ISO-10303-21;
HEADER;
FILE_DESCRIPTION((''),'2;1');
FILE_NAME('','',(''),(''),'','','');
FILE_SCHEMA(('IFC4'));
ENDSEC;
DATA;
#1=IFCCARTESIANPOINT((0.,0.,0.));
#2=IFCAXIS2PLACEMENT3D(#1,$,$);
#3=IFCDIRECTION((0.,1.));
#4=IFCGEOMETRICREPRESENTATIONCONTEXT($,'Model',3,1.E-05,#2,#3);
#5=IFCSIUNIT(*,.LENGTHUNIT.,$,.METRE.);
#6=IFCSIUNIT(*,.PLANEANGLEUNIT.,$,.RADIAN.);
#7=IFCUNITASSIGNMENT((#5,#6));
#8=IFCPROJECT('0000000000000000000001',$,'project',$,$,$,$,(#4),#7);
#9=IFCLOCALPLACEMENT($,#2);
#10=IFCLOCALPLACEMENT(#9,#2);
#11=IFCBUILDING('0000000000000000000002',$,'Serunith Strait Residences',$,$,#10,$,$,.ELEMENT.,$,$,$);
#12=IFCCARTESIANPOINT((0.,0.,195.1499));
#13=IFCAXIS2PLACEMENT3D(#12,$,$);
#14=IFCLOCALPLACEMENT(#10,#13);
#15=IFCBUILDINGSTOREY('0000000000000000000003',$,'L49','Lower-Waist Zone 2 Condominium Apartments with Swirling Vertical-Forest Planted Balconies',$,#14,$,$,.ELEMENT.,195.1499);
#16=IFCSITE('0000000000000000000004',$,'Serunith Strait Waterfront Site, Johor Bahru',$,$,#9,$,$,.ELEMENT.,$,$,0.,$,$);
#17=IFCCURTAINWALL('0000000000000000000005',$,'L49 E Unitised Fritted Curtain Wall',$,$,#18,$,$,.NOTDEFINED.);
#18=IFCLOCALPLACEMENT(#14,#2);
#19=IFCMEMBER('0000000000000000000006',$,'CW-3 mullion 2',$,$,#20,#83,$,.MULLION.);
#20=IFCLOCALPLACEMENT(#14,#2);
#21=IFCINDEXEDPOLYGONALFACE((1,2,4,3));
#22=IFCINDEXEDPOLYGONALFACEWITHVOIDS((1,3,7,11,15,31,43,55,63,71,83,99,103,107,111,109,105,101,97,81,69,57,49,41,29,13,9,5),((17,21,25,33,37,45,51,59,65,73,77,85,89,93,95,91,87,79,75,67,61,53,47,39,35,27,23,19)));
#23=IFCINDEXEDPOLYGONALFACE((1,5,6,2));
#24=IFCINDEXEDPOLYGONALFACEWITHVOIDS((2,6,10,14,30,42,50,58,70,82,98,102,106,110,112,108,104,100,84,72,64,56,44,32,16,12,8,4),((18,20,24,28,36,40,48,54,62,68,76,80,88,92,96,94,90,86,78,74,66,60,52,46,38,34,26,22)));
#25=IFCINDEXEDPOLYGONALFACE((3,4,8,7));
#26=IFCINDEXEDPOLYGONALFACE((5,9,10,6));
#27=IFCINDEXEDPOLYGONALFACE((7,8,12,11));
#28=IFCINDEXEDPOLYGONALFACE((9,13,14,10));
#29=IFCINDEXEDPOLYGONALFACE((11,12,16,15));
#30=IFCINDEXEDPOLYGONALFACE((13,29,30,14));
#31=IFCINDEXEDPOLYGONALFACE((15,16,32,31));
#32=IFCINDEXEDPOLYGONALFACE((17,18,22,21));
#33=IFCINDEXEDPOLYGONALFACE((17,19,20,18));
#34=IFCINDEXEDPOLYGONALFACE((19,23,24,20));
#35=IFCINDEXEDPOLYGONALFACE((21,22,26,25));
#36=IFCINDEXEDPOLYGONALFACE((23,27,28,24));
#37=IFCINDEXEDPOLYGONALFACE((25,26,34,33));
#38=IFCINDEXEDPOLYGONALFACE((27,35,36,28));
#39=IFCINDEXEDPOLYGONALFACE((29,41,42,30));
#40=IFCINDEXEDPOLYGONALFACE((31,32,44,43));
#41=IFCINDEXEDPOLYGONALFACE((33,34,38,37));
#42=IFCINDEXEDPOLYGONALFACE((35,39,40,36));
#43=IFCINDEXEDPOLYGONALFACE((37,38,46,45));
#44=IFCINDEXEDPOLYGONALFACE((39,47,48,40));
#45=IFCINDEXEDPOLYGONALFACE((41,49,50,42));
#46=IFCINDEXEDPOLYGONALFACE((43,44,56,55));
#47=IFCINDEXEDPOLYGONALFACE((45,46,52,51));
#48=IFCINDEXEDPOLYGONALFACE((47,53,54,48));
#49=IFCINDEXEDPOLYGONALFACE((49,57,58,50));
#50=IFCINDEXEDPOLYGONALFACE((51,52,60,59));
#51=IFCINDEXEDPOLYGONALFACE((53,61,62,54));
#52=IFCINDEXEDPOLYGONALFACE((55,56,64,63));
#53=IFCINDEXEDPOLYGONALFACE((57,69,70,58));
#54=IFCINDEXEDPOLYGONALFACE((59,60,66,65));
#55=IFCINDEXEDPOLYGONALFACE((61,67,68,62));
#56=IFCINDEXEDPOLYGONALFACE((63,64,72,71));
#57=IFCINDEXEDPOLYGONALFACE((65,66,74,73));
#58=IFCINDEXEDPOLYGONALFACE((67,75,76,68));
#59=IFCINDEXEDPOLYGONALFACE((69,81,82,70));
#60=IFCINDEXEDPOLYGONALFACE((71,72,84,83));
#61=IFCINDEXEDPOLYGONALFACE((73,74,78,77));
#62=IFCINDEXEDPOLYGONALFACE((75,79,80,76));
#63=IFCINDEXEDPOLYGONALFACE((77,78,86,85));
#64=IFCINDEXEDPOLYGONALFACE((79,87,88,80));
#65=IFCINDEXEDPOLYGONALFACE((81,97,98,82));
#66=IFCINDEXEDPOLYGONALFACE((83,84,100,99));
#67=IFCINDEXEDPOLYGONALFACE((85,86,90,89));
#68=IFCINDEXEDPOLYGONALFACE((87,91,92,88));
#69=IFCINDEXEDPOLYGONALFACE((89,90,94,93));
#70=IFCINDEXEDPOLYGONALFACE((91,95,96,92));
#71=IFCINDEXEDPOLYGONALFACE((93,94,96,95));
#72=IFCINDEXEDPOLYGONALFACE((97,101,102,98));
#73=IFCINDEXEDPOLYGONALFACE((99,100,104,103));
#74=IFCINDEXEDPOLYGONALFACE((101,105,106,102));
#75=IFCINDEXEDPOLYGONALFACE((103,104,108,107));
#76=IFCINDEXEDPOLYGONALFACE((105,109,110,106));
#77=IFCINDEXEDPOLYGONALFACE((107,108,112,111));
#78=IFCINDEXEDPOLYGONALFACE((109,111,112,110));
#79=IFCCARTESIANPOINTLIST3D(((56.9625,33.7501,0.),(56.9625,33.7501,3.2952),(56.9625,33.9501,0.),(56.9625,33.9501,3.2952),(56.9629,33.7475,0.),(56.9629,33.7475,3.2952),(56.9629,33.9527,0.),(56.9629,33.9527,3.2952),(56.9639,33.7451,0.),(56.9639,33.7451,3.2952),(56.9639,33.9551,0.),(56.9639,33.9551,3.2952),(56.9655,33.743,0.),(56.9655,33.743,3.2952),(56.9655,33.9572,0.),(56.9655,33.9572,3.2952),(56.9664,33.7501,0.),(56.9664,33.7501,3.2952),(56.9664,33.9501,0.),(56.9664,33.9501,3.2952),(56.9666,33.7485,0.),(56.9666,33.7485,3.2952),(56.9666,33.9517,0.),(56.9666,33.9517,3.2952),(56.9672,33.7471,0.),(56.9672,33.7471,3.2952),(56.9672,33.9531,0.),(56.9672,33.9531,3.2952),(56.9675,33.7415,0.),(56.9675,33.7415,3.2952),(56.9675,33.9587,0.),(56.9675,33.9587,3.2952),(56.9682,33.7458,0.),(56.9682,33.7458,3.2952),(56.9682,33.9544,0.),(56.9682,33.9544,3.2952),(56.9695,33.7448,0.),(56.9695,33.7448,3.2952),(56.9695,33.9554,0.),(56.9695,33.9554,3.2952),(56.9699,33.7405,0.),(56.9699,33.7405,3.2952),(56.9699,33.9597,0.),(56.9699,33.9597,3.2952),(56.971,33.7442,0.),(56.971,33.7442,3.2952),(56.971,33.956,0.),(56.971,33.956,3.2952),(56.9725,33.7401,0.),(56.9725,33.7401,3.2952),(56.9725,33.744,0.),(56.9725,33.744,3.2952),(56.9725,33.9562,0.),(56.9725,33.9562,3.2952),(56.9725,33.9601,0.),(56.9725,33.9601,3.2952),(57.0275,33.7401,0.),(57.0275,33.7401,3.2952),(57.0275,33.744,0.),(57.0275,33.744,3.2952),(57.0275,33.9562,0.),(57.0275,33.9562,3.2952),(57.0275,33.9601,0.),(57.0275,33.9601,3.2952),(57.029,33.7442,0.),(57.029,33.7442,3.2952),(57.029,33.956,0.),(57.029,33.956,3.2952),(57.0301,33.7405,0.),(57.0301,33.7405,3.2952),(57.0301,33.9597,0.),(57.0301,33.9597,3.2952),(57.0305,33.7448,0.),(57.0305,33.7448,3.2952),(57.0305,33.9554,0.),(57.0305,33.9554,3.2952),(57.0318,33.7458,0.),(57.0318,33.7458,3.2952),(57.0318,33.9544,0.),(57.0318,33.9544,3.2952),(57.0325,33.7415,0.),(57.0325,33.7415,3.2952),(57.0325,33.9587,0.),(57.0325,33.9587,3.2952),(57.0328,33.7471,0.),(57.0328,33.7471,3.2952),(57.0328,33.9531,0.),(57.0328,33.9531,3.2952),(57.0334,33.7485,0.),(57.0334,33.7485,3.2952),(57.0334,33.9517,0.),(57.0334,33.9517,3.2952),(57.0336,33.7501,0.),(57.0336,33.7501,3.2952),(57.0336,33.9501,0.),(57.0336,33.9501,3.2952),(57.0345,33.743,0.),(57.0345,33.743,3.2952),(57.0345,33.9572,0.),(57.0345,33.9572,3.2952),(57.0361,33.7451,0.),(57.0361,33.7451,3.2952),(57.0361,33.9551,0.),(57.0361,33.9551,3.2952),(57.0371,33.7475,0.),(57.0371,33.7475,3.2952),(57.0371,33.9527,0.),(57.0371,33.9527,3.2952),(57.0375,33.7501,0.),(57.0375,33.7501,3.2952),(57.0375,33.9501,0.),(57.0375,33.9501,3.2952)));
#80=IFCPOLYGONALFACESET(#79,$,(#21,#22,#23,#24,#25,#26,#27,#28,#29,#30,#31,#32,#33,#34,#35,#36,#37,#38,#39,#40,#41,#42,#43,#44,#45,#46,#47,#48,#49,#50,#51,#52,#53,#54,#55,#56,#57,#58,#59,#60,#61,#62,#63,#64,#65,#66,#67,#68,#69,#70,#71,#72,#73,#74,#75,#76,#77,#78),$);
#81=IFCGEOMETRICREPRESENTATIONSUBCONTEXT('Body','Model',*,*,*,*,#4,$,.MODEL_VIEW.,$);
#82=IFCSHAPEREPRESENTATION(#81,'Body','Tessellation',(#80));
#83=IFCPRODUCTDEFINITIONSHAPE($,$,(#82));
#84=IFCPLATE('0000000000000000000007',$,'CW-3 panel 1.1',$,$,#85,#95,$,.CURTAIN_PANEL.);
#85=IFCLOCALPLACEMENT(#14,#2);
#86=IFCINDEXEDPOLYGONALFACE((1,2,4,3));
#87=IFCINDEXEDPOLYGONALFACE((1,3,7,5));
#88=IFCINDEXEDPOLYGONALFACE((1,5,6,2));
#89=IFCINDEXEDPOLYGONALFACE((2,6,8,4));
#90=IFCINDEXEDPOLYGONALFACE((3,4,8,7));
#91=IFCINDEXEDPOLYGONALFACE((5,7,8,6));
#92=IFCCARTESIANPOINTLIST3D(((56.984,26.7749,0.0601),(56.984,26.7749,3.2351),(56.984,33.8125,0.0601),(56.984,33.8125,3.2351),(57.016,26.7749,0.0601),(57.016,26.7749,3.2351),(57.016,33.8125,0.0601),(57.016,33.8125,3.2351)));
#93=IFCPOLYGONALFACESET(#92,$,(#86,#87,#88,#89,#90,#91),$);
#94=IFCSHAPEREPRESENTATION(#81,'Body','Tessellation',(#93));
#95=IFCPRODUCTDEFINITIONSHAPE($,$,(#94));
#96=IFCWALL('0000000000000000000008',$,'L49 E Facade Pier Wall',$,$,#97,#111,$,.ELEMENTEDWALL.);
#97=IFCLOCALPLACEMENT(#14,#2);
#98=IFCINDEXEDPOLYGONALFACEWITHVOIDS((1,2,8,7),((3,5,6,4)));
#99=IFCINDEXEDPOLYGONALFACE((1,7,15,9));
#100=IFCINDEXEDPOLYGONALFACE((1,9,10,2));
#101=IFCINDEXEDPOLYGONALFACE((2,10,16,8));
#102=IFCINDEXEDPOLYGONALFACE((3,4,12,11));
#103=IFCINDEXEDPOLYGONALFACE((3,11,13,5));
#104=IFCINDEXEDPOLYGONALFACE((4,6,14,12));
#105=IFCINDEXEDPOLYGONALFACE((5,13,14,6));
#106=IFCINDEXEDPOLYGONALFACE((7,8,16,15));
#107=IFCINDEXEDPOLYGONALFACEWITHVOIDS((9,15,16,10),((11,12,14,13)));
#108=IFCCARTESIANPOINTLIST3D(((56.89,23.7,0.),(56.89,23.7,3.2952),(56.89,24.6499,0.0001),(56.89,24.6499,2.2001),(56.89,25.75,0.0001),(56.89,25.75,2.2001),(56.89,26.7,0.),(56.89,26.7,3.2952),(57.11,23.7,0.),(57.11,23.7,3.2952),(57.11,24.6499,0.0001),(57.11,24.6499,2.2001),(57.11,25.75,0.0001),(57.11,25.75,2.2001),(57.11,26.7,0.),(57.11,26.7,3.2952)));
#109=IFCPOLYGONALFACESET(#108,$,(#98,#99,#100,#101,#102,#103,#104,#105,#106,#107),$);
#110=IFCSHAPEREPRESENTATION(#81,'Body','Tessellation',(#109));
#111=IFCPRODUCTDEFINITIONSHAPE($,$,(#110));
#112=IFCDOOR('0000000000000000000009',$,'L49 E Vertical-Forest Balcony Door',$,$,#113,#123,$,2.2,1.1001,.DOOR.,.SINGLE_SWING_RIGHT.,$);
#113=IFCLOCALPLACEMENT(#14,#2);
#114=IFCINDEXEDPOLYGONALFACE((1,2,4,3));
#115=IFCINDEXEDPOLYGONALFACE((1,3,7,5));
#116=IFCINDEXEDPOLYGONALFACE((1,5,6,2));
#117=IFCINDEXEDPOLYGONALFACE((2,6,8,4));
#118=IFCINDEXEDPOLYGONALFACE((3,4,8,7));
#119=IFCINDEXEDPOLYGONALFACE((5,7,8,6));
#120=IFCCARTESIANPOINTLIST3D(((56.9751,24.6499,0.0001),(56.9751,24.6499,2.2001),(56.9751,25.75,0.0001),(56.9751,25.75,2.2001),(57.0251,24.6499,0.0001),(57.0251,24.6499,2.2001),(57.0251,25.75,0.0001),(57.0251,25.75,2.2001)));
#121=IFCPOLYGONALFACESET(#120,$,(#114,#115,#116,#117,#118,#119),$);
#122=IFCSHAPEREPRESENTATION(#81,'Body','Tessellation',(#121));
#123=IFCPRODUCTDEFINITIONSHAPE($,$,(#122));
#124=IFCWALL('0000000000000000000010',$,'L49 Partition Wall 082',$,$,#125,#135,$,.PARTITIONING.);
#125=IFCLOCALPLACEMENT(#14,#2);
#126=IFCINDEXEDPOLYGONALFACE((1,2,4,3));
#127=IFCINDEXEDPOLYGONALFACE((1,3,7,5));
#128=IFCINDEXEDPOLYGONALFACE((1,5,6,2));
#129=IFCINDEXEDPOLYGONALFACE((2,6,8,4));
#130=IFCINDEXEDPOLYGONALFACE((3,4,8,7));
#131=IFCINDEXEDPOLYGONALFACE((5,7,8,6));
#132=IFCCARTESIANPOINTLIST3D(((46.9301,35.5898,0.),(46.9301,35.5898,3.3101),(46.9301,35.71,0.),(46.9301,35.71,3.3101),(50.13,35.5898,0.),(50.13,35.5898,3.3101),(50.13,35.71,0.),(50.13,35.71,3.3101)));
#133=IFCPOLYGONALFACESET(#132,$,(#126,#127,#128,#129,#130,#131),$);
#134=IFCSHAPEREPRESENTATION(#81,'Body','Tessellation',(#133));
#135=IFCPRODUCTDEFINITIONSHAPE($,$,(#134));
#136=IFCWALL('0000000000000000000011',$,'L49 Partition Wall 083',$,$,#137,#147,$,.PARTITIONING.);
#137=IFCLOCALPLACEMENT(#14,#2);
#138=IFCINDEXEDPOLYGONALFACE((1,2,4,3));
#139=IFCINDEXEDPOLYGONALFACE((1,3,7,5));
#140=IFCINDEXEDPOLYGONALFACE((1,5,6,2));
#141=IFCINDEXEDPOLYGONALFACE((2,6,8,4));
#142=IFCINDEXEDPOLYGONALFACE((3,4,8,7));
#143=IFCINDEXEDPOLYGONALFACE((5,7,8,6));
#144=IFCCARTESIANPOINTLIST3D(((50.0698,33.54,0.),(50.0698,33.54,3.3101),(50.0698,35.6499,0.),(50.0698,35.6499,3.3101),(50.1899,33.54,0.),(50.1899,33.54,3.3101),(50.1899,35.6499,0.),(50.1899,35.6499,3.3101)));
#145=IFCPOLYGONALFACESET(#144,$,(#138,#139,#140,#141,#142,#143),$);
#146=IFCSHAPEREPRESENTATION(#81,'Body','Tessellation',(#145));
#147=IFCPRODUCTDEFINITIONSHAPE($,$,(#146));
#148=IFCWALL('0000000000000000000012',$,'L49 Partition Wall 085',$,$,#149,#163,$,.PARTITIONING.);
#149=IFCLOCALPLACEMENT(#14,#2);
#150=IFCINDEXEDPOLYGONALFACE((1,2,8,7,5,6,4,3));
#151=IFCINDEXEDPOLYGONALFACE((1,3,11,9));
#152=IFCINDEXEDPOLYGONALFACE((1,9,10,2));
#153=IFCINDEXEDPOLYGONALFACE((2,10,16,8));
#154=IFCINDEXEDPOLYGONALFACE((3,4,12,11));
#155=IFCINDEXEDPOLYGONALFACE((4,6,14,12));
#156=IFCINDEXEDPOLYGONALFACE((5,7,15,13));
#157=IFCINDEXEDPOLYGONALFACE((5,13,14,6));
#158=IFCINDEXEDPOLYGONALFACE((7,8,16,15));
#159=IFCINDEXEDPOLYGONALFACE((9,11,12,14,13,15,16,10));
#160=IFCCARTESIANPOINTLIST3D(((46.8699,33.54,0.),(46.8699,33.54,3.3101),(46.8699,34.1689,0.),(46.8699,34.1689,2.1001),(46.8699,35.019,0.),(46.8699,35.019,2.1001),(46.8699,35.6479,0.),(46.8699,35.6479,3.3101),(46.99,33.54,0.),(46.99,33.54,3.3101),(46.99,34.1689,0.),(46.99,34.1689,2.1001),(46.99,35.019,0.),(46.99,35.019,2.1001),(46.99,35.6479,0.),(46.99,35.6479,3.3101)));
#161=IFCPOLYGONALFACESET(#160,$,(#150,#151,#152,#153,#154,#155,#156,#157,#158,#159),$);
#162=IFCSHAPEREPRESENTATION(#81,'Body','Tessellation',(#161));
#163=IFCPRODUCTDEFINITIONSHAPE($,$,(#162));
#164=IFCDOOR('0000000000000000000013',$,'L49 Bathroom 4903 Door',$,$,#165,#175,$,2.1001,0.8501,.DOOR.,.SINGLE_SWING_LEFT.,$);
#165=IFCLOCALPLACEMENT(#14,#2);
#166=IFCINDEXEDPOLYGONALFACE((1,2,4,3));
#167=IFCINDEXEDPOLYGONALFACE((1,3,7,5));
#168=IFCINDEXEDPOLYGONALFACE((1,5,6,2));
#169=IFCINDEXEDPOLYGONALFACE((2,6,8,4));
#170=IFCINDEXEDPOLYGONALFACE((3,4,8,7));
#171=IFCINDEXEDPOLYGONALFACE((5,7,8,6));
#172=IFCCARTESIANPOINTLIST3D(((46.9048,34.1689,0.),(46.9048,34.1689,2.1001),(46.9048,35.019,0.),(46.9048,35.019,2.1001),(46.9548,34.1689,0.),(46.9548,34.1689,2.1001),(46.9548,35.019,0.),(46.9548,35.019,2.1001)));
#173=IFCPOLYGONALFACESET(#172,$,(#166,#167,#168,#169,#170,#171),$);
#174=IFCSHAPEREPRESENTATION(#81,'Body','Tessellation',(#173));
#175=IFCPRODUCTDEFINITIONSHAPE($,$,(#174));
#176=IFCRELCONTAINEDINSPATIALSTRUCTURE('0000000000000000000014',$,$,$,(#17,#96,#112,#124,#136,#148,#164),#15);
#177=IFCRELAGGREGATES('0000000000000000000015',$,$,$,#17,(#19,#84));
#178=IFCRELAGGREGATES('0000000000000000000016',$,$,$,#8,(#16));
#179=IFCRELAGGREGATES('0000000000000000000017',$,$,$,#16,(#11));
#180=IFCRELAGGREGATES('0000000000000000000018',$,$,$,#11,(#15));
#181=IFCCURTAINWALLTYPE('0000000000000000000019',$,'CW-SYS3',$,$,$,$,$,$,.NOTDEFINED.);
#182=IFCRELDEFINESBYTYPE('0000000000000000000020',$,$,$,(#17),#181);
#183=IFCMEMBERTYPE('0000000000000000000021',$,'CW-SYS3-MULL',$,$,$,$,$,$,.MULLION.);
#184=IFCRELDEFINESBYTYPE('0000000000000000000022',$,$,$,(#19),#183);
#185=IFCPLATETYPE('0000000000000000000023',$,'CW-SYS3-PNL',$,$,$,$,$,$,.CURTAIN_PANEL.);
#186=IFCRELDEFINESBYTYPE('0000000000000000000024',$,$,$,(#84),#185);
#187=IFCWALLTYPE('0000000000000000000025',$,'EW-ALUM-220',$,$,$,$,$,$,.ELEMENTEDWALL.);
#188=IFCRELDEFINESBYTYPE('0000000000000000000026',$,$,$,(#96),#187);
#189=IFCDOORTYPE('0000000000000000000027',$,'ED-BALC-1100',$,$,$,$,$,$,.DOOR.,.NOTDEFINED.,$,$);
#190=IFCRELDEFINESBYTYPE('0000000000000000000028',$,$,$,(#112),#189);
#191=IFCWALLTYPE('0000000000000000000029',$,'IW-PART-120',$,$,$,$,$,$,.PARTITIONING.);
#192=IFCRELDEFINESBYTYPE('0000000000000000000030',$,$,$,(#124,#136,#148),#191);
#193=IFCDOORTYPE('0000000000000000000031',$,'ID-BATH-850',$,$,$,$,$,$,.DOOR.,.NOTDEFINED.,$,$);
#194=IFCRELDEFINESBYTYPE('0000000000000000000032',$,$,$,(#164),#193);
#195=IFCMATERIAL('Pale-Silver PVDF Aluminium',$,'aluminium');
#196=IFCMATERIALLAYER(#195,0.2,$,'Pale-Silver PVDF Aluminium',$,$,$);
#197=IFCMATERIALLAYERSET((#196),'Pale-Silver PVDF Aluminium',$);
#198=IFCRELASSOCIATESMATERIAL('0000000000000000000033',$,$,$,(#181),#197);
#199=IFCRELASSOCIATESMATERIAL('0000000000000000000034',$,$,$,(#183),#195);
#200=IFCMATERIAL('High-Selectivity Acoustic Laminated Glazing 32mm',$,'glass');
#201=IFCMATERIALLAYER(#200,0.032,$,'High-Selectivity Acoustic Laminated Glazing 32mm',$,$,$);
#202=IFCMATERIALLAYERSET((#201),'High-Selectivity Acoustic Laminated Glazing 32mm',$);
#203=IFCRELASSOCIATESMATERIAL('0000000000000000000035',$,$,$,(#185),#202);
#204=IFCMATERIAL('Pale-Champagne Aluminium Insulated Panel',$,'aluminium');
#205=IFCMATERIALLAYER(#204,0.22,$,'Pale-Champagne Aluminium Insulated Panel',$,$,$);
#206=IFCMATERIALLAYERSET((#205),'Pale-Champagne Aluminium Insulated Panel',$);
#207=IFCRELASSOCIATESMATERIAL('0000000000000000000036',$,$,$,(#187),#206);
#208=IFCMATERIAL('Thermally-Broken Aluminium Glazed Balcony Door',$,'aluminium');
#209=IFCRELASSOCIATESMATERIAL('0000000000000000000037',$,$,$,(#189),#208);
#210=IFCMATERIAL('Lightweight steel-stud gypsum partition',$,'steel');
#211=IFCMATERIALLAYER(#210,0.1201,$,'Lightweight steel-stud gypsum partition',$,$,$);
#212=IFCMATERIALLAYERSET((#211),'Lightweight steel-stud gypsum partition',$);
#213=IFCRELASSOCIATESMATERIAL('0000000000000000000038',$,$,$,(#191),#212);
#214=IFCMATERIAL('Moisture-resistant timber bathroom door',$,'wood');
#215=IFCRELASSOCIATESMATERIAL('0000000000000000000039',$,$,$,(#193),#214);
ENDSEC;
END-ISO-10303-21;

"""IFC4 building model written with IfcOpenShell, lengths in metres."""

from ifc_helpers import new_model, si_unit, direction, frame, frame_2d, origin, origin_2d, place, context, subcontext, project, spatial, rectangle, hollow_rectangle, extrude, source, transform, mapped, material, layer, layer_set, material_profile, profile_set, type_object, element, fill, aggregate, save


model = new_model("IFC4")

# Units and contexts
model_context = context("Model", 3, precision=1e-05, world=origin(), true_north=direction((0.0, 1.0)))
body_context = subcontext(model_context, "Body", "Model", "MODEL_VIEW")
ifc_project = project(units=[si_unit("LENGTHUNIT", "METRE"), si_unit("PLANEANGLEUNIT", "RADIAN")], contexts=[model_context])

# Site, building, storey
site_placement = place(None, origin())
site = spatial("IfcSite", under=ifc_project, at=site_placement, Name="Serunith Strait Waterfront Site, Johor Bahru", CompositionType="ELEMENT", RefElevation=0.0)
building_placement = place(site_placement, origin())
building = spatial("IfcBuilding", under=site, at=building_placement, Name="Serunith Strait Residences", CompositionType="ELEMENT")
storey_placement = place(building_placement, frame((0.0, 0.0, 195.1499)))
storey = spatial("IfcBuildingStorey", under=building, at=storey_placement, Name="L49", Description="Lower-Waist Zone 2 Condominium Apartments with Swirling Vertical-Forest Planted Balconies", CompositionType="ELEMENT", Elevation=195.1499)

# Curtain wall, member, plate
ifc_material_1 = material(Name="Pale-Silver PVDF Aluminium", Category="aluminium")
ifc_layer_1 = layer(ifc_material_1, 0.2, Name="Pale-Silver PVDF Aluminium")
ifc_layer_set_1 = layer_set([ifc_layer_1], Name="Pale-Silver PVDF Aluminium")
curtain_wall_type = type_object("IfcCurtainWallType", Name="CW-SYS3", PredefinedType="NOTDEFINED", material=ifc_layer_set_1)
curtain_wall_placement = place(storey_placement, origin())
curtain_wall = element("IfcCurtainWall", 1, at=curtain_wall_placement, inside=storey, type_object=curtain_wall_type, Name="L49 E Unitised Fritted Curtain Wall", PredefinedType="NOTDEFINED")
ifc_material_profile_1 = material_profile(ifc_material_1, hollow_rectangle(XDim=0.075, YDim=0.22, WallThickness=0.0039, InnerFilletRadius=0.0061, OuterFilletRadius=0.01, at=origin_2d()), Name="ALU 220x75x4")
ifc_profile_set_1 = profile_set([ifc_material_profile_1], Name="Pale-Silver PVDF Aluminium")
member_type_1 = type_object("IfcMemberType", Name="CW-SYS3-MULL", PredefinedType="MULLION", material=ifc_profile_set_1)
shared_shape_1 = source(origin(), body_context, "Body", "SweptSolid", [
    extrude(hollow_rectangle(XDim=0.075, YDim=0.22, WallThickness=0.0039, InnerFilletRadius=0.0061, OuterFilletRadius=0.01, at=origin_2d()), origin(), (0.0, 0.0, 1.0), 3.2952),
])
member_1_placement = place(storey_placement, frame((57.0, 33.8501, 0.0), z_axis=(0.0, 0.0, 1.0), x_axis=(-1.0, 0.0, 0.0)))
member_1 = element("IfcMember", 2, at=member_1_placement, type_object=member_type_1, Name="CW-3 mullion 2", PredefinedType="MULLION", context=body_context, shape_type="MappedRepresentation", body=[
    mapped(shared_shape_1, transform((0.0, 0.0, 0.0), scale=1.0)),
])
ifc_material_2 = material(Name="High-Selectivity Acoustic Laminated Glazing 32mm", Category="glass")
ifc_layer_2 = layer(ifc_material_2, 0.032, Name="High-Selectivity Acoustic Laminated Glazing 32mm")
ifc_layer_set_2 = layer_set([ifc_layer_2], Name="High-Selectivity Acoustic Laminated Glazing 32mm")
plate_type = type_object("IfcPlateType", Name="CW-SYS3-PNL", PredefinedType="CURTAIN_PANEL", material=ifc_layer_set_2)
shared_shape_2 = source(origin(), body_context, "Body", "SweptSolid", [
    extrude(rectangle(XDim=7.0376, YDim=0.032, at=origin_2d()), origin(), (0.0, 0.0, 1.0), 3.175),
])
plate_placement = place(storey_placement, frame((57.0, 30.2937, 0.0601), z_axis=(0.0, 0.0, 1.0), x_axis=(0.0, 1.0, 0.0)))
plate = element("IfcPlate", 3, at=plate_placement, type_object=plate_type, Name="CW-3 panel 1.1", PredefinedType="CURTAIN_PANEL", context=body_context, shape_type="MappedRepresentation", body=[
    mapped(shared_shape_2, transform((0.0, 0.0, 0.0), scale=1.0)),
])
aggregate(curtain_wall, [member_1, plate])

# Wall, opening, door
ifc_material_3 = material(Name="Pale-Champagne Aluminium Insulated Panel", Category="aluminium")
ifc_layer_3 = layer(ifc_material_3, 0.22, Name="Pale-Champagne Aluminium Insulated Panel")
ifc_layer_set_3 = layer_set([ifc_layer_3], Name="Pale-Champagne Aluminium Insulated Panel")
wall_type_1 = type_object("IfcWallType", Name="EW-ALUM-220", PredefinedType="ELEMENTEDWALL", material=ifc_layer_set_3)
wall_1_placement = place(storey_placement, frame((57.0, 23.7, 0.0), z_axis=(0.0, 0.0, 1.0), x_axis=(0.0, 1.0, 0.0)))
wall_1 = element("IfcWall", 4, at=wall_1_placement, inside=storey, type_object=wall_type_1, Name="L49 E Facade Pier Wall", PredefinedType="ELEMENTEDWALL", context=body_context, shape_type="SweptSolid", body=[
    extrude(rectangle(XDim=3.0, YDim=0.22, at=frame_2d((1.5, 0.0))), origin(), (0.0, 0.0, 1.0), 3.2952),
])
opening_1_placement = place(wall_1_placement, frame((0.95, 0.0, 0.0)))
opening_1 = element("IfcOpeningElement", 5, at=opening_1_placement, cuts=wall_1, PredefinedType="OPENING", context=body_context, shape_type="SweptSolid", body=[
    extrude(rectangle(XDim=1.1001, YDim=2.2, at=frame_2d((0.55, 1.1001))), frame((0.0, 0.1201, 0.0), z_axis=(0.0, -1.0, 0.0), x_axis=(1.0, 0.0, 0.0)), (0.0, 0.0, 1.0), 0.24),
])
ifc_material_4 = material(Name="Thermally-Broken Aluminium Glazed Balcony Door", Category="aluminium")
door_type_1 = type_object("IfcDoorType", Name="ED-BALC-1100", OperationType="NOTDEFINED", PredefinedType="DOOR", material=ifc_material_4)
shared_shape_3 = source(origin(), body_context, "Body", "SweptSolid", [
    extrude(rectangle(XDim=1.1001, YDim=2.2, at=frame_2d((0.55, 1.1001))), frame((0.0, 0.0249, 0.0), z_axis=(0.0, -1.0, 0.0), x_axis=(1.0, 0.0, 0.0)), (0.0, 0.0, 1.0), 0.05),
])
door_1_placement = place(opening_1_placement, origin())
door_1 = element("IfcDoor", 6, at=door_1_placement, inside=storey, type_object=door_type_1, Name="L49 E Vertical-Forest Balcony Door", OperationType="SINGLE_SWING_RIGHT", OverallHeight=2.2, OverallWidth=1.1001, PredefinedType="DOOR", context=body_context, shape_type="MappedRepresentation", body=[
    mapped(shared_shape_3, transform((0.0, 0.0, 0.0), scale=1.0)),
])
fill(opening_1, door_1)

# Walls
ifc_material_5 = material(Name="Lightweight steel-stud gypsum partition", Category="steel")
ifc_layer_4 = layer(ifc_material_5, 0.1201, Name="Lightweight steel-stud gypsum partition")
ifc_layer_set_4 = layer_set([ifc_layer_4], Name="Lightweight steel-stud gypsum partition")
wall_type_2 = type_object("IfcWallType", Name="IW-PART-120", PredefinedType="PARTITIONING", material=ifc_layer_set_4)
wall_2_placement = place(storey_placement, frame((46.9299, 35.6499, 0.0), z_axis=(0.0, 0.0, 1.0), x_axis=(1.0, 0.0, 0.0)))
element("IfcWall", 7, at=wall_2_placement, inside=storey, type_object=wall_type_2, Name="L49 Partition Wall 082", PredefinedType="PARTITIONING", context=body_context, shape_type="SweptSolid", body=[
    extrude(rectangle(XDim=3.2, YDim=0.1201, at=frame_2d((1.6001, 0.0))), origin(), (0.0, 0.0, 1.0), 3.3101),
])
wall_3_placement = place(storey_placement, frame((50.1299, 35.6499, 0.0), z_axis=(0.0, 0.0, 1.0), x_axis=(0.0, -1.0, 0.0)))
element("IfcWall", 8, at=wall_3_placement, inside=storey, type_object=wall_type_2, Name="L49 Partition Wall 083", PredefinedType="PARTITIONING", context=body_context, shape_type="SweptSolid", body=[
    extrude(rectangle(XDim=2.1099, YDim=0.1201, at=frame_2d((1.0549, 0.0))), origin(), (0.0, 0.0, 1.0), 3.3101),
])

# Wall, opening, door
wall_4_placement = place(storey_placement, frame((46.9299, 35.6479, 0.0), z_axis=(0.0, 0.0, 1.0), x_axis=(0.0, -1.0, 0.0)))
wall_4 = element("IfcWall", 9, at=wall_4_placement, inside=storey, type_object=wall_type_2, Name="L49 Partition Wall 085", PredefinedType="PARTITIONING", context=body_context, shape_type="SweptSolid", body=[
    extrude(rectangle(XDim=2.1079, YDim=0.1201, at=frame_2d((1.054, 0.0))), origin(), (0.0, 0.0, 1.0), 3.3101),
])
opening_2_placement = place(wall_4_placement, frame((0.6289, 0.0, 0.0)))
opening_2 = element("IfcOpeningElement", 10, at=opening_2_placement, cuts=wall_4, PredefinedType="OPENING", context=body_context, shape_type="SweptSolid", body=[
    extrude(rectangle(XDim=0.8501, YDim=2.1001, at=frame_2d((0.425, 1.05))), frame((0.0, 0.0701, 0.0), z_axis=(0.0, -1.0, 0.0), x_axis=(1.0, 0.0, 0.0)), (0.0, 0.0, 1.0), 0.1401),
])
ifc_material_6 = material(Name="Moisture-resistant timber bathroom door", Category="wood")
door_type_2 = type_object("IfcDoorType", Name="ID-BATH-850", OperationType="NOTDEFINED", PredefinedType="DOOR", material=ifc_material_6)
shared_shape_4 = source(origin(), body_context, "Body", "SweptSolid", [
    extrude(rectangle(XDim=0.8501, YDim=2.1001, at=frame_2d((0.425, 1.05))), frame((0.0, 0.0249, 0.0), z_axis=(0.0, -1.0, 0.0), x_axis=(1.0, 0.0, 0.0)), (0.0, 0.0, 1.0), 0.05),
])
door_2_placement = place(opening_2_placement, origin())
door_2 = element("IfcDoor", 11, at=door_2_placement, inside=storey, type_object=door_type_2, Name="L49 Bathroom 4903 Door", OperationType="SINGLE_SWING_LEFT", OverallHeight=2.1001, OverallWidth=0.8501, PredefinedType="DOOR", context=body_context, shape_type="MappedRepresentation", body=[
    mapped(shared_shape_4, transform((0.0, 0.0, 0.0), scale=1.0)),
])
fill(opening_2, door_2)

save(model, "model.ifc")
